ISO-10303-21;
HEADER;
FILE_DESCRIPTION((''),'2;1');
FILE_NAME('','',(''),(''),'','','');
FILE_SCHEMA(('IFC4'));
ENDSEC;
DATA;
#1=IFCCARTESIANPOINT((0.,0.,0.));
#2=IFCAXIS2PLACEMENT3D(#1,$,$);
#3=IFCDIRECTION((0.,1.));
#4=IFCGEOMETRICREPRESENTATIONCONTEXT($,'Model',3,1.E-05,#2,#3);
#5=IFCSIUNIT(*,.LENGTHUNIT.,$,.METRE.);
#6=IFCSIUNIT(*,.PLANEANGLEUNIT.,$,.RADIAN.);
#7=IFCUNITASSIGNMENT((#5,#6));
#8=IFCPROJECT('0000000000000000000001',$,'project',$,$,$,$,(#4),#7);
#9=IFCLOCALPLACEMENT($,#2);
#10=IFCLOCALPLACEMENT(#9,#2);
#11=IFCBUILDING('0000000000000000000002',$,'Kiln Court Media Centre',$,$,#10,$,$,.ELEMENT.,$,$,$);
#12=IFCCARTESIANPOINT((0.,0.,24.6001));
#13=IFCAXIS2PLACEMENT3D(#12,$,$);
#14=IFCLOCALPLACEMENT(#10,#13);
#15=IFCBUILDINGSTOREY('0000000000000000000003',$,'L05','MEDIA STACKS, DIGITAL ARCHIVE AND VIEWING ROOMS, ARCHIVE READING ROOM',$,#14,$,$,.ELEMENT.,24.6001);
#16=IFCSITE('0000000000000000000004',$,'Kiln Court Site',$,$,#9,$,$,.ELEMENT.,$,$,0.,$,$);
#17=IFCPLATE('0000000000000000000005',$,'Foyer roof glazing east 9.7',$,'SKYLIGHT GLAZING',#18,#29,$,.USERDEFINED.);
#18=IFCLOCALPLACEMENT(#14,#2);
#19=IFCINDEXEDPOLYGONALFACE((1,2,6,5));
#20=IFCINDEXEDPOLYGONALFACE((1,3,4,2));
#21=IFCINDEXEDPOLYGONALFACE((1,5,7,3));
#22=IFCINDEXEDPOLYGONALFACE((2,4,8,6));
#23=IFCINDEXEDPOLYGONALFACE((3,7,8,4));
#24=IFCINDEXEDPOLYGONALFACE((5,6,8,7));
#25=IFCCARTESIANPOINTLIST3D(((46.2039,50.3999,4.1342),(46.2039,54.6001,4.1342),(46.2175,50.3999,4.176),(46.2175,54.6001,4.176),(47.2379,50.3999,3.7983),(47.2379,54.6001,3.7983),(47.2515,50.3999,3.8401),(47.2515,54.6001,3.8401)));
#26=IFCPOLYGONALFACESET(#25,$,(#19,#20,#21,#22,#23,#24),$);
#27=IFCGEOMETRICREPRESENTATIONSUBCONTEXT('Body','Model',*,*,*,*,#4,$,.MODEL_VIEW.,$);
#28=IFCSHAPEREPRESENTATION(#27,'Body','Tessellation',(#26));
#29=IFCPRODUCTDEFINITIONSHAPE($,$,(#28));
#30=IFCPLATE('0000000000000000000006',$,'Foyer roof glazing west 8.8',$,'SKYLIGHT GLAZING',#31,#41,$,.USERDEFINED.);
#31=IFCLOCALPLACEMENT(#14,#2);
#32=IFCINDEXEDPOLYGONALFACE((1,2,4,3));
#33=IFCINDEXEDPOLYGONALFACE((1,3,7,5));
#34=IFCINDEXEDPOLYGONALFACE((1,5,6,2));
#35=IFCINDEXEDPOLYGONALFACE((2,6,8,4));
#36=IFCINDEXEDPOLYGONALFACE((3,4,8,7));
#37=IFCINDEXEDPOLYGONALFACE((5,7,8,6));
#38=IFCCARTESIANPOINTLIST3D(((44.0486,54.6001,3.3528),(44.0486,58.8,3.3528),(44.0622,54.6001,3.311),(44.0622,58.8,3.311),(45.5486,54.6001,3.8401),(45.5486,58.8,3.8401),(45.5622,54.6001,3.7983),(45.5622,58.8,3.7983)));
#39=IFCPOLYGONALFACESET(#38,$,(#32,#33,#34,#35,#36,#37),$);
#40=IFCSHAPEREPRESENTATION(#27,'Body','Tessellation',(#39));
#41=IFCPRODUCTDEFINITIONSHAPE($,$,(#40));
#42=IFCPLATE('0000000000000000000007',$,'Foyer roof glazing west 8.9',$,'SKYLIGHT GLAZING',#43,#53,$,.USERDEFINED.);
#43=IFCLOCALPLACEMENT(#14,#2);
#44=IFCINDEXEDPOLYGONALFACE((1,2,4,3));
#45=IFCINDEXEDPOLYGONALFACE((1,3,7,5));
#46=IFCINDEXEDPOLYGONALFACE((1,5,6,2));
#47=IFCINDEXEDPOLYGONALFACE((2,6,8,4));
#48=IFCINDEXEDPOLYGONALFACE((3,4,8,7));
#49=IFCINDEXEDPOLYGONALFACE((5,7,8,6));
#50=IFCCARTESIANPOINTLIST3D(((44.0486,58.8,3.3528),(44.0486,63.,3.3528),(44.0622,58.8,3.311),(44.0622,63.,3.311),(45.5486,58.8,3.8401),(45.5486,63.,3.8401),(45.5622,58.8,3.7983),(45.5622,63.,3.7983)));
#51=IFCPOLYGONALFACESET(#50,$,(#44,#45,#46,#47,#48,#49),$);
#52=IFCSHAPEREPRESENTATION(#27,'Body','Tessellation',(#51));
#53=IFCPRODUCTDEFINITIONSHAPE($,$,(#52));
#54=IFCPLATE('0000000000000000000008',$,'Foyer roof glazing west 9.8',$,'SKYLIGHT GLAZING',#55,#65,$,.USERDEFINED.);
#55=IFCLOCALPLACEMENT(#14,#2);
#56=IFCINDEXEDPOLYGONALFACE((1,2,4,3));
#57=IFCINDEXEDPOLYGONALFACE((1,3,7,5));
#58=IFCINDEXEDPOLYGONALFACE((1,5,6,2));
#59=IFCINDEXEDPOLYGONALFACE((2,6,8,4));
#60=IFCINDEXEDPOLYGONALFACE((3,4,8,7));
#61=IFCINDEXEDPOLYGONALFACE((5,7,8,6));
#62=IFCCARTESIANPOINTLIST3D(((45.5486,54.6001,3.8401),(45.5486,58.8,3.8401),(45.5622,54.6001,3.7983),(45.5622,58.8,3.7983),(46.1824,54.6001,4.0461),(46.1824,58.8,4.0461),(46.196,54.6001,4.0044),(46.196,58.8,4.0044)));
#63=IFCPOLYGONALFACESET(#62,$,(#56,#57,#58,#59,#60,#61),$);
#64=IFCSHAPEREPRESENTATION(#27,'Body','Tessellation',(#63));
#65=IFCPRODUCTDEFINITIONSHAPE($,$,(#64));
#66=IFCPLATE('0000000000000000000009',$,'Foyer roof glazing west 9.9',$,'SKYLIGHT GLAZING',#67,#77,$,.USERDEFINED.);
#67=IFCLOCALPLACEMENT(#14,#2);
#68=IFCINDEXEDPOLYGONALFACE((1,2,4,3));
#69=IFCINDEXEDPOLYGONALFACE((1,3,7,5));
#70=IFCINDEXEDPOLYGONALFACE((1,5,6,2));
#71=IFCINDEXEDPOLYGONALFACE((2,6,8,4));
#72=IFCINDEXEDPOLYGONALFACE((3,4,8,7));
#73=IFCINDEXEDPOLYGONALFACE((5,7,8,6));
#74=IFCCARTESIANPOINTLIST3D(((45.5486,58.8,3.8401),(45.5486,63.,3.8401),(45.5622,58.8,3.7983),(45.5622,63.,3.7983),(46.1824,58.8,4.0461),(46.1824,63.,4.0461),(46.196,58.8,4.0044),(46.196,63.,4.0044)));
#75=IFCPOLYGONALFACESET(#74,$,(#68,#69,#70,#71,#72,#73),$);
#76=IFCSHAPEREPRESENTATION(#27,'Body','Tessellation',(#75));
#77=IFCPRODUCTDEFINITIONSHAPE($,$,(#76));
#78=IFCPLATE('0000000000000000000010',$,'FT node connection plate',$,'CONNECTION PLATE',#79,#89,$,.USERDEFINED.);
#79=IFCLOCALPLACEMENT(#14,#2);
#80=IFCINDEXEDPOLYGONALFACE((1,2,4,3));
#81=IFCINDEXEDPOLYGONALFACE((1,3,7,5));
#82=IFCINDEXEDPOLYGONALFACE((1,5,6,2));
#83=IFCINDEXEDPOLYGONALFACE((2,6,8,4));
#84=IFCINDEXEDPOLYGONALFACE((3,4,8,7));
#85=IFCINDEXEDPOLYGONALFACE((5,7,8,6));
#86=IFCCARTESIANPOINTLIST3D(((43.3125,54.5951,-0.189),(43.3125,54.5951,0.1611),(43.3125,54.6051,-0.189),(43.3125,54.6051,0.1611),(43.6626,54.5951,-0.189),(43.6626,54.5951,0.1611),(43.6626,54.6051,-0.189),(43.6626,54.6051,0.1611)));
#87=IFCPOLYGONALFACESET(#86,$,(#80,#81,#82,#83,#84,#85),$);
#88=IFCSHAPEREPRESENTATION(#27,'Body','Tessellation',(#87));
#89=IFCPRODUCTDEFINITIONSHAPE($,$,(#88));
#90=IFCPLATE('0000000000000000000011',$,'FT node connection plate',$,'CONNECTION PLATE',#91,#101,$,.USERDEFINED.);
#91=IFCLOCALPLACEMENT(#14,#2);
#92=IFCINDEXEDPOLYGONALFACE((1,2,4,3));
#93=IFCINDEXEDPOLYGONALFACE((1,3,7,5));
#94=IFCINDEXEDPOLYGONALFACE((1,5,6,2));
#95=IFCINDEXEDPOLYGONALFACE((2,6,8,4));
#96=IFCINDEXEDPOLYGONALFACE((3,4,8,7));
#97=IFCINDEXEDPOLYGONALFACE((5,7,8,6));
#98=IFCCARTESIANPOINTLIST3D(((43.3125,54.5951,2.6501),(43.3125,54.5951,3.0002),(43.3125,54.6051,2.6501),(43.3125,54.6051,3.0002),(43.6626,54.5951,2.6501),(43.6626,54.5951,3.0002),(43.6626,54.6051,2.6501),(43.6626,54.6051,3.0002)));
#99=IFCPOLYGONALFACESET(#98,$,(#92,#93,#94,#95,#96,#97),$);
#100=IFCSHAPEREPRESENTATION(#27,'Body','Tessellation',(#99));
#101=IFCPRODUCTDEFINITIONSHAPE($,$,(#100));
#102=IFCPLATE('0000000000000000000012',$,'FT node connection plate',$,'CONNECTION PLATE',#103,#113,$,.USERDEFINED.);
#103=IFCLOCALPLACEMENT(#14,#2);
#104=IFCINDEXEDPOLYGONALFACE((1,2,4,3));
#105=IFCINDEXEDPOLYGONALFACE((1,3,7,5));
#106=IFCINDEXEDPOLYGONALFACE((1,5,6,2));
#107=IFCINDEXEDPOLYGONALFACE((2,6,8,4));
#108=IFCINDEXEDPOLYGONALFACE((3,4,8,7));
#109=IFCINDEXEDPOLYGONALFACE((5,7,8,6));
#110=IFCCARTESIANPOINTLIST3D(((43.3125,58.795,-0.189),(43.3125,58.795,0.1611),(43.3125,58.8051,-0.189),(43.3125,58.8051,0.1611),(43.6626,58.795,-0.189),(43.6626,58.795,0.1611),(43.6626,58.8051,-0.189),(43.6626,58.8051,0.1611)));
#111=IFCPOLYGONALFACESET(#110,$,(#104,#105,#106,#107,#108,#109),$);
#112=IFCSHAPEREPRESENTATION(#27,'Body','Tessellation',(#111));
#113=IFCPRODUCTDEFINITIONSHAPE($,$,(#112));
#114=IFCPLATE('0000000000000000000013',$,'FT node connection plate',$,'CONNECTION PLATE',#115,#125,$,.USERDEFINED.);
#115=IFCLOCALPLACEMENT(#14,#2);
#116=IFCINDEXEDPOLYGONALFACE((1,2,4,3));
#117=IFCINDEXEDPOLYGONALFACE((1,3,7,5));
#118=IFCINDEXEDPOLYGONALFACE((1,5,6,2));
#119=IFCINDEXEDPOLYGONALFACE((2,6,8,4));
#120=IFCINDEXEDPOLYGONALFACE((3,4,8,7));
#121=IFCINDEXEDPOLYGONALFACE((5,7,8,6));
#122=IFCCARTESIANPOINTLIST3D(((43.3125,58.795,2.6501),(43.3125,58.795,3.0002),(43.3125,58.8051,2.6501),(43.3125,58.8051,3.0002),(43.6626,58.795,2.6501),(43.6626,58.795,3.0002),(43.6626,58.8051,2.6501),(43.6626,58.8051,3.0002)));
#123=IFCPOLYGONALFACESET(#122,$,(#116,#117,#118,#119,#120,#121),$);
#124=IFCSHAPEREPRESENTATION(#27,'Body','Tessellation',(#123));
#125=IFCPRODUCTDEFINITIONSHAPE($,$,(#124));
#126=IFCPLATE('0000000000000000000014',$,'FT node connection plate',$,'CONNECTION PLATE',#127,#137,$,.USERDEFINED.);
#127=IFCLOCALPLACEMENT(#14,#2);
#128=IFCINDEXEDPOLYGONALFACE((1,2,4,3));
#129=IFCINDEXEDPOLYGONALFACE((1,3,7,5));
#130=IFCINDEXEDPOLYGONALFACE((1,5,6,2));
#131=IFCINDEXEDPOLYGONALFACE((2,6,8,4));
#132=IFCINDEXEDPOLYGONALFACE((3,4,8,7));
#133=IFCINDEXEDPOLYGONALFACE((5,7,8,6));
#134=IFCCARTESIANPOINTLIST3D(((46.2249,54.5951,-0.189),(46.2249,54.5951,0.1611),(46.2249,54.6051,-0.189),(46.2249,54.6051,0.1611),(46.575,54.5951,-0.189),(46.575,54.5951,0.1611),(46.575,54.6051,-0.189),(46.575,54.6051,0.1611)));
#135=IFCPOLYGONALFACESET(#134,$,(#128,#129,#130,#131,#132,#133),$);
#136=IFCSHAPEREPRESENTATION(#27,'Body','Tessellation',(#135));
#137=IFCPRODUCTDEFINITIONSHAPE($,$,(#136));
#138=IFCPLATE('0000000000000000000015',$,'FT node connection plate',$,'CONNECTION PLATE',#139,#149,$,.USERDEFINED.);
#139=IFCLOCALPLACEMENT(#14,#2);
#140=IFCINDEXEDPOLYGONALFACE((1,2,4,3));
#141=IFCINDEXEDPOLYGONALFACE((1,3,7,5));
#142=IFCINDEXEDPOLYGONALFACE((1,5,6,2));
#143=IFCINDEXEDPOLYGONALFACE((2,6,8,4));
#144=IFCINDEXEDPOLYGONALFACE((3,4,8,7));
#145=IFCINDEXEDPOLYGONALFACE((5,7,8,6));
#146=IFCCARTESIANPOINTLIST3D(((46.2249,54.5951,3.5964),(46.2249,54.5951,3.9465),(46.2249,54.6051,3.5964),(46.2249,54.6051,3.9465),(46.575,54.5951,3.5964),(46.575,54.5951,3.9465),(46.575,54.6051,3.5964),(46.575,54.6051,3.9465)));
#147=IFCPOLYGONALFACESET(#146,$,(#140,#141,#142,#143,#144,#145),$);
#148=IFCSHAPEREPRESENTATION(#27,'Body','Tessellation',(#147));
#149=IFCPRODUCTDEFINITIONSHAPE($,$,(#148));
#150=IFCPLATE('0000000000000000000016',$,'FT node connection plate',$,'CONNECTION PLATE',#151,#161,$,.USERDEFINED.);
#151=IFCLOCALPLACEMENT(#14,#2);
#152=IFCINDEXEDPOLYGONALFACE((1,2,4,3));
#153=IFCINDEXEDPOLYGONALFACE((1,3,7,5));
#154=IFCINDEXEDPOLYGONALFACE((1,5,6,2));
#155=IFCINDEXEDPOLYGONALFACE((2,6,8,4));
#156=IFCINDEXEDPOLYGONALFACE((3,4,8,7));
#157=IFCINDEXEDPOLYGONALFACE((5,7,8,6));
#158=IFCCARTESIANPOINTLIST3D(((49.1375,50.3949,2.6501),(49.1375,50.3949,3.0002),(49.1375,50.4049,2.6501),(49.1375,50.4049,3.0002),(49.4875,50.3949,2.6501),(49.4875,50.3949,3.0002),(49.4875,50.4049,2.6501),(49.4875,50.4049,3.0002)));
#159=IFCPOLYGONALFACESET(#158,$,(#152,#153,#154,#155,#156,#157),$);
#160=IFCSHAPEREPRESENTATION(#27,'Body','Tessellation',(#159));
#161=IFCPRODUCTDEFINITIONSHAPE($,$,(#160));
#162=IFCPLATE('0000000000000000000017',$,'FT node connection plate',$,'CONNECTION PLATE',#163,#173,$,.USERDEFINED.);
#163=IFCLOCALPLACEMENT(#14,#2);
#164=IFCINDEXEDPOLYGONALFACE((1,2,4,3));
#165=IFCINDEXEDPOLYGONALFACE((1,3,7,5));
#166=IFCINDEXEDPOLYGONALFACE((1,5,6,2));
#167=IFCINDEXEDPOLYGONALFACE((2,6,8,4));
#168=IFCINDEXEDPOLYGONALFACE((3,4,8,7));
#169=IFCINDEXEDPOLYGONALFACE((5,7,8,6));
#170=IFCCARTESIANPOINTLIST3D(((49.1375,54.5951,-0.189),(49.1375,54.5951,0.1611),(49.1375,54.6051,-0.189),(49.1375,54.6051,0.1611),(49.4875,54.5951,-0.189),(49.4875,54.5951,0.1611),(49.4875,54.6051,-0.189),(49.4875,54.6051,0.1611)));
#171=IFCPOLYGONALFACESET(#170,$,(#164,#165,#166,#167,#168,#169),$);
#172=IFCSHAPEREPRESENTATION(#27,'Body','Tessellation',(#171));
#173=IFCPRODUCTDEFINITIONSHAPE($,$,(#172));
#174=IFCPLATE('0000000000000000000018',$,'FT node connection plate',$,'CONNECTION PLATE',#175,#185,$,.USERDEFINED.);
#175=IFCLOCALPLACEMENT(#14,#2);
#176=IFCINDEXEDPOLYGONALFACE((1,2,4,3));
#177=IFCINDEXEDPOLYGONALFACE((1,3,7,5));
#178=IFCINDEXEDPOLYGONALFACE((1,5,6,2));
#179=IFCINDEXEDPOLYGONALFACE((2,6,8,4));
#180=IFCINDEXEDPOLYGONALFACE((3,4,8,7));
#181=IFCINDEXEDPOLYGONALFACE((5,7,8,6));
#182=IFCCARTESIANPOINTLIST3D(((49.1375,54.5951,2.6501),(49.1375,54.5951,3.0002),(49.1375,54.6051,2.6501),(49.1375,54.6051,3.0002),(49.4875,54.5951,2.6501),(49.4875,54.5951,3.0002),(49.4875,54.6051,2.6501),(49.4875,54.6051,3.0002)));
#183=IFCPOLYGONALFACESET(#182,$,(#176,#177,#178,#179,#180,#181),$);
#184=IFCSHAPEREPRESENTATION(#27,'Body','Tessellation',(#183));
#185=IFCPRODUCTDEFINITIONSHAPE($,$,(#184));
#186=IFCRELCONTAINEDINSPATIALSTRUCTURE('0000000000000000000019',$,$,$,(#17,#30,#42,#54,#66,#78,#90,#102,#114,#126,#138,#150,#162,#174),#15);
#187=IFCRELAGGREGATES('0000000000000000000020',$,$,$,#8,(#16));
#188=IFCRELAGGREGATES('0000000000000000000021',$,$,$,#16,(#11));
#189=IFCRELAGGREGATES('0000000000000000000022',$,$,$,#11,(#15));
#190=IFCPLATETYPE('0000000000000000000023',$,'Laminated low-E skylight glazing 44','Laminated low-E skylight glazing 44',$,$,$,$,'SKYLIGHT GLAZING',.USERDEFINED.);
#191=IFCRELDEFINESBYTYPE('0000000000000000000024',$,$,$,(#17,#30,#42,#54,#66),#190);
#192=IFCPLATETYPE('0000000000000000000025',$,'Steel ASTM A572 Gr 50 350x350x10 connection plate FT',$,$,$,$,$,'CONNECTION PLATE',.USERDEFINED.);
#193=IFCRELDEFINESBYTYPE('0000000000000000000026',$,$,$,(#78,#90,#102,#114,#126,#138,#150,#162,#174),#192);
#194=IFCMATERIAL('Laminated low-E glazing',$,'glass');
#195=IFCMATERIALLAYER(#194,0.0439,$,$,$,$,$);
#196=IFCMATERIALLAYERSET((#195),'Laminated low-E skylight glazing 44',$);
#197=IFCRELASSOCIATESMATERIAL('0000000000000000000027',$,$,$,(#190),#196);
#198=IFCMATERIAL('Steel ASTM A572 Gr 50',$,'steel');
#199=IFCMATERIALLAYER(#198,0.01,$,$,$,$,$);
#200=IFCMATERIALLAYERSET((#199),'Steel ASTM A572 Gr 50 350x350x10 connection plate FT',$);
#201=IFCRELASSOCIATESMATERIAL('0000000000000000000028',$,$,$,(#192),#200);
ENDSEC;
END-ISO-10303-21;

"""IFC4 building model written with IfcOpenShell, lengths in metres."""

from ifc_helpers import new_model, si_unit, direction, frame, origin, origin_2d, place, context, subcontext, project, spatial, polyline, rectangle, outline, extrude, material, layer, layer_set, type_object, element, save


model = new_model("IFC4")

# Units and contexts
model_context = context("Model", 3, precision=1e-05, world=origin(), true_north=direction((0.0, 1.0)))
body_context = subcontext(model_context, "Body", "Model", "MODEL_VIEW")
ifc_project = project(units=[si_unit("LENGTHUNIT", "METRE"), si_unit("PLANEANGLEUNIT", "RADIAN")], contexts=[model_context])

# Site, building, storey
site_placement = place(None, origin())
site = spatial("IfcSite", under=ifc_project, at=site_placement, Name="Kiln Court Site", CompositionType="ELEMENT", RefElevation=0.0)
building_placement = place(site_placement, origin())
building = spatial("IfcBuilding", under=site, at=building_placement, Name="Kiln Court Media Centre", CompositionType="ELEMENT")
storey_placement = place(building_placement, frame((0.0, 0.0, 24.6001)))
storey = spatial("IfcBuildingStorey", under=building, at=storey_placement, Name="L05", Description="MEDIA STACKS, DIGITAL ARCHIVE AND VIEWING ROOMS, ARCHIVE READING ROOM", CompositionType="ELEMENT", Elevation=24.6001)

# Plates
ifc_material_1 = material(Name="Laminated low-E glazing", Category="glass")
ifc_layer_1 = layer(ifc_material_1, 0.0439)
ifc_layer_set_1 = layer_set([ifc_layer_1], Name="Laminated low-E skylight glazing 44")
plate_type_1 = type_object("IfcPlateType", Name="Laminated low-E skylight glazing 44", Description="Laminated low-E skylight glazing 44", ElementType="SKYLIGHT GLAZING", PredefinedType="USERDEFINED", material=ifc_layer_set_1)
plate_1_placement = place(storey_placement, frame((47.2515, 54.6001, 3.8401), z_axis=(0.30901, 0.0, 0.951059), x_axis=(-0.951059, 0.0, 0.30901)))
element("IfcPlate", 1, at=plate_1_placement, inside=storey, type_object=plate_type_1, Name="Foyer roof glazing east 9.7", ObjectType="SKYLIGHT GLAZING", PredefinedType="USERDEFINED", context=body_context, shape_type="SweptSolid", body=[
    extrude(outline(polyline([(0.0, 0.0), (1.0871, 0.0), (1.0871, 4.2002), (0.0, 4.2002), (0.0, 0.0)])), origin(), (0.0, 0.0, -1.0), 0.0439),
])
for number, where, z_axis, x_axis, name in (
    (2, (44.0486, 54.6001, 3.3528), (-0.308974, 0.0, 0.95107), (0.95107, 0.0, 0.308974), "Foyer roof glazing west 8.8"),
    (3, (44.0486, 58.8, 3.3528), (-0.308974, 0.0, 0.95107), (0.95107, 0.0, 0.308974), "Foyer roof glazing west 8.9"),
):
    element("IfcPlate", number, at=place(storey_placement, frame(where, z_axis=z_axis, x_axis=x_axis)), inside=storey, type_object=plate_type_1, Name=name, ObjectType="SKYLIGHT GLAZING", PredefinedType="USERDEFINED", context=body_context, shape_type="SweptSolid", body=[
        extrude(outline(polyline([(0.0, 0.0), (1.5772, 0.0), (1.5772, 4.2), (0.0, 4.2), (0.0, 0.0)])), origin(), (0.0, 0.0, -1.0), 0.0439),
    ])
for number, where, z_axis, x_axis, name in (
    (4, (45.5486, 54.6001, 3.8401), (-0.309185, 0.0, 0.951002), (0.951002, 0.0, 0.309185), "Foyer roof glazing west 9.8"),
    (5, (45.5486, 58.8, 3.8401), (-0.309185, 0.0, 0.951002), (0.951002, 0.0, 0.309185), "Foyer roof glazing west 9.9"),
):
    element("IfcPlate", number, at=place(storey_placement, frame(where, z_axis=z_axis, x_axis=x_axis)), inside=storey, type_object=plate_type_1, Name=name, ObjectType="SKYLIGHT GLAZING", PredefinedType="USERDEFINED", context=body_context, shape_type="SweptSolid", body=[
        extrude(outline(polyline([(0.0, 0.0), (0.6664, 0.0), (0.6664, 4.2), (0.0, 4.2), (0.0, 0.0)])), origin(), (0.0, 0.0, -1.0), 0.0439),
    ])
ifc_material_2 = material(Name="Steel ASTM A572 Gr 50", Category="steel")
ifc_layer_2 = layer(ifc_material_2, 0.01)
ifc_layer_set_2 = layer_set([ifc_layer_2], Name="Steel ASTM A572 Gr 50 350x350x10 connection plate FT")
plate_type_2 = type_object("IfcPlateType", Name="Steel ASTM A572 Gr 50 350x350x10 connection plate FT", ElementType="CONNECTION PLATE", PredefinedType="USERDEFINED", material=ifc_layer_set_2)
for number, where, z_axis, x_axis, name in (
    (6, (43.4875, 54.6001, -0.189), (0.0, 0.0, 1.0), (1.0, 0.0, 0.0), "FT node connection plate"),
    (7, (43.4875, 54.6001, 2.6501), (0.0, 0.0, 1.0), (1.0, 0.0, 0.0), "FT node connection plate"),
    (8, (43.4875, 58.8, -0.189), (0.0, 0.0, 1.0), (1.0, 0.0, 0.0), "FT node connection plate"),
    (9, (43.4875, 58.8, 2.6501), (0.0, 0.0, 1.0), (1.0, 0.0, 0.0), "FT node connection plate"),
    (10, (46.3999, 54.6001, -0.189), (0.0, 0.0, 1.0), (1.0, 0.0, 0.0), "FT node connection plate"),
    (11, (46.3999, 54.6001, 3.5964), (0.0, 0.0, 1.0), (1.0, 0.0, 0.0), "FT node connection plate"),
    (12, (49.3125, 50.3999, 2.6501), (0.0, 0.0, 1.0), (1.0, 0.0, 0.0), "FT node connection plate"),
    (13, (49.3125, 54.6001, -0.189), (0.0, 0.0, 1.0), (1.0, 0.0, 0.0), "FT node connection plate"),
    (14, (49.3125, 54.6001, 2.6501), (0.0, 0.0, 1.0), (1.0, 0.0, 0.0), "FT node connection plate"),
):
    element("IfcPlate", number, at=place(storey_placement, frame(where, z_axis=z_axis, x_axis=x_axis)), inside=storey, type_object=plate_type_2, Name=name, ObjectType="CONNECTION PLATE", PredefinedType="USERDEFINED", context=body_context, shape_type="SweptSolid", body=[
        extrude(rectangle(XDim=0.3501, YDim=0.01, at=origin_2d()), origin(), (0.0, 0.0, 1.0), 0.3501),
    ])

save(model, "model.ifc")
